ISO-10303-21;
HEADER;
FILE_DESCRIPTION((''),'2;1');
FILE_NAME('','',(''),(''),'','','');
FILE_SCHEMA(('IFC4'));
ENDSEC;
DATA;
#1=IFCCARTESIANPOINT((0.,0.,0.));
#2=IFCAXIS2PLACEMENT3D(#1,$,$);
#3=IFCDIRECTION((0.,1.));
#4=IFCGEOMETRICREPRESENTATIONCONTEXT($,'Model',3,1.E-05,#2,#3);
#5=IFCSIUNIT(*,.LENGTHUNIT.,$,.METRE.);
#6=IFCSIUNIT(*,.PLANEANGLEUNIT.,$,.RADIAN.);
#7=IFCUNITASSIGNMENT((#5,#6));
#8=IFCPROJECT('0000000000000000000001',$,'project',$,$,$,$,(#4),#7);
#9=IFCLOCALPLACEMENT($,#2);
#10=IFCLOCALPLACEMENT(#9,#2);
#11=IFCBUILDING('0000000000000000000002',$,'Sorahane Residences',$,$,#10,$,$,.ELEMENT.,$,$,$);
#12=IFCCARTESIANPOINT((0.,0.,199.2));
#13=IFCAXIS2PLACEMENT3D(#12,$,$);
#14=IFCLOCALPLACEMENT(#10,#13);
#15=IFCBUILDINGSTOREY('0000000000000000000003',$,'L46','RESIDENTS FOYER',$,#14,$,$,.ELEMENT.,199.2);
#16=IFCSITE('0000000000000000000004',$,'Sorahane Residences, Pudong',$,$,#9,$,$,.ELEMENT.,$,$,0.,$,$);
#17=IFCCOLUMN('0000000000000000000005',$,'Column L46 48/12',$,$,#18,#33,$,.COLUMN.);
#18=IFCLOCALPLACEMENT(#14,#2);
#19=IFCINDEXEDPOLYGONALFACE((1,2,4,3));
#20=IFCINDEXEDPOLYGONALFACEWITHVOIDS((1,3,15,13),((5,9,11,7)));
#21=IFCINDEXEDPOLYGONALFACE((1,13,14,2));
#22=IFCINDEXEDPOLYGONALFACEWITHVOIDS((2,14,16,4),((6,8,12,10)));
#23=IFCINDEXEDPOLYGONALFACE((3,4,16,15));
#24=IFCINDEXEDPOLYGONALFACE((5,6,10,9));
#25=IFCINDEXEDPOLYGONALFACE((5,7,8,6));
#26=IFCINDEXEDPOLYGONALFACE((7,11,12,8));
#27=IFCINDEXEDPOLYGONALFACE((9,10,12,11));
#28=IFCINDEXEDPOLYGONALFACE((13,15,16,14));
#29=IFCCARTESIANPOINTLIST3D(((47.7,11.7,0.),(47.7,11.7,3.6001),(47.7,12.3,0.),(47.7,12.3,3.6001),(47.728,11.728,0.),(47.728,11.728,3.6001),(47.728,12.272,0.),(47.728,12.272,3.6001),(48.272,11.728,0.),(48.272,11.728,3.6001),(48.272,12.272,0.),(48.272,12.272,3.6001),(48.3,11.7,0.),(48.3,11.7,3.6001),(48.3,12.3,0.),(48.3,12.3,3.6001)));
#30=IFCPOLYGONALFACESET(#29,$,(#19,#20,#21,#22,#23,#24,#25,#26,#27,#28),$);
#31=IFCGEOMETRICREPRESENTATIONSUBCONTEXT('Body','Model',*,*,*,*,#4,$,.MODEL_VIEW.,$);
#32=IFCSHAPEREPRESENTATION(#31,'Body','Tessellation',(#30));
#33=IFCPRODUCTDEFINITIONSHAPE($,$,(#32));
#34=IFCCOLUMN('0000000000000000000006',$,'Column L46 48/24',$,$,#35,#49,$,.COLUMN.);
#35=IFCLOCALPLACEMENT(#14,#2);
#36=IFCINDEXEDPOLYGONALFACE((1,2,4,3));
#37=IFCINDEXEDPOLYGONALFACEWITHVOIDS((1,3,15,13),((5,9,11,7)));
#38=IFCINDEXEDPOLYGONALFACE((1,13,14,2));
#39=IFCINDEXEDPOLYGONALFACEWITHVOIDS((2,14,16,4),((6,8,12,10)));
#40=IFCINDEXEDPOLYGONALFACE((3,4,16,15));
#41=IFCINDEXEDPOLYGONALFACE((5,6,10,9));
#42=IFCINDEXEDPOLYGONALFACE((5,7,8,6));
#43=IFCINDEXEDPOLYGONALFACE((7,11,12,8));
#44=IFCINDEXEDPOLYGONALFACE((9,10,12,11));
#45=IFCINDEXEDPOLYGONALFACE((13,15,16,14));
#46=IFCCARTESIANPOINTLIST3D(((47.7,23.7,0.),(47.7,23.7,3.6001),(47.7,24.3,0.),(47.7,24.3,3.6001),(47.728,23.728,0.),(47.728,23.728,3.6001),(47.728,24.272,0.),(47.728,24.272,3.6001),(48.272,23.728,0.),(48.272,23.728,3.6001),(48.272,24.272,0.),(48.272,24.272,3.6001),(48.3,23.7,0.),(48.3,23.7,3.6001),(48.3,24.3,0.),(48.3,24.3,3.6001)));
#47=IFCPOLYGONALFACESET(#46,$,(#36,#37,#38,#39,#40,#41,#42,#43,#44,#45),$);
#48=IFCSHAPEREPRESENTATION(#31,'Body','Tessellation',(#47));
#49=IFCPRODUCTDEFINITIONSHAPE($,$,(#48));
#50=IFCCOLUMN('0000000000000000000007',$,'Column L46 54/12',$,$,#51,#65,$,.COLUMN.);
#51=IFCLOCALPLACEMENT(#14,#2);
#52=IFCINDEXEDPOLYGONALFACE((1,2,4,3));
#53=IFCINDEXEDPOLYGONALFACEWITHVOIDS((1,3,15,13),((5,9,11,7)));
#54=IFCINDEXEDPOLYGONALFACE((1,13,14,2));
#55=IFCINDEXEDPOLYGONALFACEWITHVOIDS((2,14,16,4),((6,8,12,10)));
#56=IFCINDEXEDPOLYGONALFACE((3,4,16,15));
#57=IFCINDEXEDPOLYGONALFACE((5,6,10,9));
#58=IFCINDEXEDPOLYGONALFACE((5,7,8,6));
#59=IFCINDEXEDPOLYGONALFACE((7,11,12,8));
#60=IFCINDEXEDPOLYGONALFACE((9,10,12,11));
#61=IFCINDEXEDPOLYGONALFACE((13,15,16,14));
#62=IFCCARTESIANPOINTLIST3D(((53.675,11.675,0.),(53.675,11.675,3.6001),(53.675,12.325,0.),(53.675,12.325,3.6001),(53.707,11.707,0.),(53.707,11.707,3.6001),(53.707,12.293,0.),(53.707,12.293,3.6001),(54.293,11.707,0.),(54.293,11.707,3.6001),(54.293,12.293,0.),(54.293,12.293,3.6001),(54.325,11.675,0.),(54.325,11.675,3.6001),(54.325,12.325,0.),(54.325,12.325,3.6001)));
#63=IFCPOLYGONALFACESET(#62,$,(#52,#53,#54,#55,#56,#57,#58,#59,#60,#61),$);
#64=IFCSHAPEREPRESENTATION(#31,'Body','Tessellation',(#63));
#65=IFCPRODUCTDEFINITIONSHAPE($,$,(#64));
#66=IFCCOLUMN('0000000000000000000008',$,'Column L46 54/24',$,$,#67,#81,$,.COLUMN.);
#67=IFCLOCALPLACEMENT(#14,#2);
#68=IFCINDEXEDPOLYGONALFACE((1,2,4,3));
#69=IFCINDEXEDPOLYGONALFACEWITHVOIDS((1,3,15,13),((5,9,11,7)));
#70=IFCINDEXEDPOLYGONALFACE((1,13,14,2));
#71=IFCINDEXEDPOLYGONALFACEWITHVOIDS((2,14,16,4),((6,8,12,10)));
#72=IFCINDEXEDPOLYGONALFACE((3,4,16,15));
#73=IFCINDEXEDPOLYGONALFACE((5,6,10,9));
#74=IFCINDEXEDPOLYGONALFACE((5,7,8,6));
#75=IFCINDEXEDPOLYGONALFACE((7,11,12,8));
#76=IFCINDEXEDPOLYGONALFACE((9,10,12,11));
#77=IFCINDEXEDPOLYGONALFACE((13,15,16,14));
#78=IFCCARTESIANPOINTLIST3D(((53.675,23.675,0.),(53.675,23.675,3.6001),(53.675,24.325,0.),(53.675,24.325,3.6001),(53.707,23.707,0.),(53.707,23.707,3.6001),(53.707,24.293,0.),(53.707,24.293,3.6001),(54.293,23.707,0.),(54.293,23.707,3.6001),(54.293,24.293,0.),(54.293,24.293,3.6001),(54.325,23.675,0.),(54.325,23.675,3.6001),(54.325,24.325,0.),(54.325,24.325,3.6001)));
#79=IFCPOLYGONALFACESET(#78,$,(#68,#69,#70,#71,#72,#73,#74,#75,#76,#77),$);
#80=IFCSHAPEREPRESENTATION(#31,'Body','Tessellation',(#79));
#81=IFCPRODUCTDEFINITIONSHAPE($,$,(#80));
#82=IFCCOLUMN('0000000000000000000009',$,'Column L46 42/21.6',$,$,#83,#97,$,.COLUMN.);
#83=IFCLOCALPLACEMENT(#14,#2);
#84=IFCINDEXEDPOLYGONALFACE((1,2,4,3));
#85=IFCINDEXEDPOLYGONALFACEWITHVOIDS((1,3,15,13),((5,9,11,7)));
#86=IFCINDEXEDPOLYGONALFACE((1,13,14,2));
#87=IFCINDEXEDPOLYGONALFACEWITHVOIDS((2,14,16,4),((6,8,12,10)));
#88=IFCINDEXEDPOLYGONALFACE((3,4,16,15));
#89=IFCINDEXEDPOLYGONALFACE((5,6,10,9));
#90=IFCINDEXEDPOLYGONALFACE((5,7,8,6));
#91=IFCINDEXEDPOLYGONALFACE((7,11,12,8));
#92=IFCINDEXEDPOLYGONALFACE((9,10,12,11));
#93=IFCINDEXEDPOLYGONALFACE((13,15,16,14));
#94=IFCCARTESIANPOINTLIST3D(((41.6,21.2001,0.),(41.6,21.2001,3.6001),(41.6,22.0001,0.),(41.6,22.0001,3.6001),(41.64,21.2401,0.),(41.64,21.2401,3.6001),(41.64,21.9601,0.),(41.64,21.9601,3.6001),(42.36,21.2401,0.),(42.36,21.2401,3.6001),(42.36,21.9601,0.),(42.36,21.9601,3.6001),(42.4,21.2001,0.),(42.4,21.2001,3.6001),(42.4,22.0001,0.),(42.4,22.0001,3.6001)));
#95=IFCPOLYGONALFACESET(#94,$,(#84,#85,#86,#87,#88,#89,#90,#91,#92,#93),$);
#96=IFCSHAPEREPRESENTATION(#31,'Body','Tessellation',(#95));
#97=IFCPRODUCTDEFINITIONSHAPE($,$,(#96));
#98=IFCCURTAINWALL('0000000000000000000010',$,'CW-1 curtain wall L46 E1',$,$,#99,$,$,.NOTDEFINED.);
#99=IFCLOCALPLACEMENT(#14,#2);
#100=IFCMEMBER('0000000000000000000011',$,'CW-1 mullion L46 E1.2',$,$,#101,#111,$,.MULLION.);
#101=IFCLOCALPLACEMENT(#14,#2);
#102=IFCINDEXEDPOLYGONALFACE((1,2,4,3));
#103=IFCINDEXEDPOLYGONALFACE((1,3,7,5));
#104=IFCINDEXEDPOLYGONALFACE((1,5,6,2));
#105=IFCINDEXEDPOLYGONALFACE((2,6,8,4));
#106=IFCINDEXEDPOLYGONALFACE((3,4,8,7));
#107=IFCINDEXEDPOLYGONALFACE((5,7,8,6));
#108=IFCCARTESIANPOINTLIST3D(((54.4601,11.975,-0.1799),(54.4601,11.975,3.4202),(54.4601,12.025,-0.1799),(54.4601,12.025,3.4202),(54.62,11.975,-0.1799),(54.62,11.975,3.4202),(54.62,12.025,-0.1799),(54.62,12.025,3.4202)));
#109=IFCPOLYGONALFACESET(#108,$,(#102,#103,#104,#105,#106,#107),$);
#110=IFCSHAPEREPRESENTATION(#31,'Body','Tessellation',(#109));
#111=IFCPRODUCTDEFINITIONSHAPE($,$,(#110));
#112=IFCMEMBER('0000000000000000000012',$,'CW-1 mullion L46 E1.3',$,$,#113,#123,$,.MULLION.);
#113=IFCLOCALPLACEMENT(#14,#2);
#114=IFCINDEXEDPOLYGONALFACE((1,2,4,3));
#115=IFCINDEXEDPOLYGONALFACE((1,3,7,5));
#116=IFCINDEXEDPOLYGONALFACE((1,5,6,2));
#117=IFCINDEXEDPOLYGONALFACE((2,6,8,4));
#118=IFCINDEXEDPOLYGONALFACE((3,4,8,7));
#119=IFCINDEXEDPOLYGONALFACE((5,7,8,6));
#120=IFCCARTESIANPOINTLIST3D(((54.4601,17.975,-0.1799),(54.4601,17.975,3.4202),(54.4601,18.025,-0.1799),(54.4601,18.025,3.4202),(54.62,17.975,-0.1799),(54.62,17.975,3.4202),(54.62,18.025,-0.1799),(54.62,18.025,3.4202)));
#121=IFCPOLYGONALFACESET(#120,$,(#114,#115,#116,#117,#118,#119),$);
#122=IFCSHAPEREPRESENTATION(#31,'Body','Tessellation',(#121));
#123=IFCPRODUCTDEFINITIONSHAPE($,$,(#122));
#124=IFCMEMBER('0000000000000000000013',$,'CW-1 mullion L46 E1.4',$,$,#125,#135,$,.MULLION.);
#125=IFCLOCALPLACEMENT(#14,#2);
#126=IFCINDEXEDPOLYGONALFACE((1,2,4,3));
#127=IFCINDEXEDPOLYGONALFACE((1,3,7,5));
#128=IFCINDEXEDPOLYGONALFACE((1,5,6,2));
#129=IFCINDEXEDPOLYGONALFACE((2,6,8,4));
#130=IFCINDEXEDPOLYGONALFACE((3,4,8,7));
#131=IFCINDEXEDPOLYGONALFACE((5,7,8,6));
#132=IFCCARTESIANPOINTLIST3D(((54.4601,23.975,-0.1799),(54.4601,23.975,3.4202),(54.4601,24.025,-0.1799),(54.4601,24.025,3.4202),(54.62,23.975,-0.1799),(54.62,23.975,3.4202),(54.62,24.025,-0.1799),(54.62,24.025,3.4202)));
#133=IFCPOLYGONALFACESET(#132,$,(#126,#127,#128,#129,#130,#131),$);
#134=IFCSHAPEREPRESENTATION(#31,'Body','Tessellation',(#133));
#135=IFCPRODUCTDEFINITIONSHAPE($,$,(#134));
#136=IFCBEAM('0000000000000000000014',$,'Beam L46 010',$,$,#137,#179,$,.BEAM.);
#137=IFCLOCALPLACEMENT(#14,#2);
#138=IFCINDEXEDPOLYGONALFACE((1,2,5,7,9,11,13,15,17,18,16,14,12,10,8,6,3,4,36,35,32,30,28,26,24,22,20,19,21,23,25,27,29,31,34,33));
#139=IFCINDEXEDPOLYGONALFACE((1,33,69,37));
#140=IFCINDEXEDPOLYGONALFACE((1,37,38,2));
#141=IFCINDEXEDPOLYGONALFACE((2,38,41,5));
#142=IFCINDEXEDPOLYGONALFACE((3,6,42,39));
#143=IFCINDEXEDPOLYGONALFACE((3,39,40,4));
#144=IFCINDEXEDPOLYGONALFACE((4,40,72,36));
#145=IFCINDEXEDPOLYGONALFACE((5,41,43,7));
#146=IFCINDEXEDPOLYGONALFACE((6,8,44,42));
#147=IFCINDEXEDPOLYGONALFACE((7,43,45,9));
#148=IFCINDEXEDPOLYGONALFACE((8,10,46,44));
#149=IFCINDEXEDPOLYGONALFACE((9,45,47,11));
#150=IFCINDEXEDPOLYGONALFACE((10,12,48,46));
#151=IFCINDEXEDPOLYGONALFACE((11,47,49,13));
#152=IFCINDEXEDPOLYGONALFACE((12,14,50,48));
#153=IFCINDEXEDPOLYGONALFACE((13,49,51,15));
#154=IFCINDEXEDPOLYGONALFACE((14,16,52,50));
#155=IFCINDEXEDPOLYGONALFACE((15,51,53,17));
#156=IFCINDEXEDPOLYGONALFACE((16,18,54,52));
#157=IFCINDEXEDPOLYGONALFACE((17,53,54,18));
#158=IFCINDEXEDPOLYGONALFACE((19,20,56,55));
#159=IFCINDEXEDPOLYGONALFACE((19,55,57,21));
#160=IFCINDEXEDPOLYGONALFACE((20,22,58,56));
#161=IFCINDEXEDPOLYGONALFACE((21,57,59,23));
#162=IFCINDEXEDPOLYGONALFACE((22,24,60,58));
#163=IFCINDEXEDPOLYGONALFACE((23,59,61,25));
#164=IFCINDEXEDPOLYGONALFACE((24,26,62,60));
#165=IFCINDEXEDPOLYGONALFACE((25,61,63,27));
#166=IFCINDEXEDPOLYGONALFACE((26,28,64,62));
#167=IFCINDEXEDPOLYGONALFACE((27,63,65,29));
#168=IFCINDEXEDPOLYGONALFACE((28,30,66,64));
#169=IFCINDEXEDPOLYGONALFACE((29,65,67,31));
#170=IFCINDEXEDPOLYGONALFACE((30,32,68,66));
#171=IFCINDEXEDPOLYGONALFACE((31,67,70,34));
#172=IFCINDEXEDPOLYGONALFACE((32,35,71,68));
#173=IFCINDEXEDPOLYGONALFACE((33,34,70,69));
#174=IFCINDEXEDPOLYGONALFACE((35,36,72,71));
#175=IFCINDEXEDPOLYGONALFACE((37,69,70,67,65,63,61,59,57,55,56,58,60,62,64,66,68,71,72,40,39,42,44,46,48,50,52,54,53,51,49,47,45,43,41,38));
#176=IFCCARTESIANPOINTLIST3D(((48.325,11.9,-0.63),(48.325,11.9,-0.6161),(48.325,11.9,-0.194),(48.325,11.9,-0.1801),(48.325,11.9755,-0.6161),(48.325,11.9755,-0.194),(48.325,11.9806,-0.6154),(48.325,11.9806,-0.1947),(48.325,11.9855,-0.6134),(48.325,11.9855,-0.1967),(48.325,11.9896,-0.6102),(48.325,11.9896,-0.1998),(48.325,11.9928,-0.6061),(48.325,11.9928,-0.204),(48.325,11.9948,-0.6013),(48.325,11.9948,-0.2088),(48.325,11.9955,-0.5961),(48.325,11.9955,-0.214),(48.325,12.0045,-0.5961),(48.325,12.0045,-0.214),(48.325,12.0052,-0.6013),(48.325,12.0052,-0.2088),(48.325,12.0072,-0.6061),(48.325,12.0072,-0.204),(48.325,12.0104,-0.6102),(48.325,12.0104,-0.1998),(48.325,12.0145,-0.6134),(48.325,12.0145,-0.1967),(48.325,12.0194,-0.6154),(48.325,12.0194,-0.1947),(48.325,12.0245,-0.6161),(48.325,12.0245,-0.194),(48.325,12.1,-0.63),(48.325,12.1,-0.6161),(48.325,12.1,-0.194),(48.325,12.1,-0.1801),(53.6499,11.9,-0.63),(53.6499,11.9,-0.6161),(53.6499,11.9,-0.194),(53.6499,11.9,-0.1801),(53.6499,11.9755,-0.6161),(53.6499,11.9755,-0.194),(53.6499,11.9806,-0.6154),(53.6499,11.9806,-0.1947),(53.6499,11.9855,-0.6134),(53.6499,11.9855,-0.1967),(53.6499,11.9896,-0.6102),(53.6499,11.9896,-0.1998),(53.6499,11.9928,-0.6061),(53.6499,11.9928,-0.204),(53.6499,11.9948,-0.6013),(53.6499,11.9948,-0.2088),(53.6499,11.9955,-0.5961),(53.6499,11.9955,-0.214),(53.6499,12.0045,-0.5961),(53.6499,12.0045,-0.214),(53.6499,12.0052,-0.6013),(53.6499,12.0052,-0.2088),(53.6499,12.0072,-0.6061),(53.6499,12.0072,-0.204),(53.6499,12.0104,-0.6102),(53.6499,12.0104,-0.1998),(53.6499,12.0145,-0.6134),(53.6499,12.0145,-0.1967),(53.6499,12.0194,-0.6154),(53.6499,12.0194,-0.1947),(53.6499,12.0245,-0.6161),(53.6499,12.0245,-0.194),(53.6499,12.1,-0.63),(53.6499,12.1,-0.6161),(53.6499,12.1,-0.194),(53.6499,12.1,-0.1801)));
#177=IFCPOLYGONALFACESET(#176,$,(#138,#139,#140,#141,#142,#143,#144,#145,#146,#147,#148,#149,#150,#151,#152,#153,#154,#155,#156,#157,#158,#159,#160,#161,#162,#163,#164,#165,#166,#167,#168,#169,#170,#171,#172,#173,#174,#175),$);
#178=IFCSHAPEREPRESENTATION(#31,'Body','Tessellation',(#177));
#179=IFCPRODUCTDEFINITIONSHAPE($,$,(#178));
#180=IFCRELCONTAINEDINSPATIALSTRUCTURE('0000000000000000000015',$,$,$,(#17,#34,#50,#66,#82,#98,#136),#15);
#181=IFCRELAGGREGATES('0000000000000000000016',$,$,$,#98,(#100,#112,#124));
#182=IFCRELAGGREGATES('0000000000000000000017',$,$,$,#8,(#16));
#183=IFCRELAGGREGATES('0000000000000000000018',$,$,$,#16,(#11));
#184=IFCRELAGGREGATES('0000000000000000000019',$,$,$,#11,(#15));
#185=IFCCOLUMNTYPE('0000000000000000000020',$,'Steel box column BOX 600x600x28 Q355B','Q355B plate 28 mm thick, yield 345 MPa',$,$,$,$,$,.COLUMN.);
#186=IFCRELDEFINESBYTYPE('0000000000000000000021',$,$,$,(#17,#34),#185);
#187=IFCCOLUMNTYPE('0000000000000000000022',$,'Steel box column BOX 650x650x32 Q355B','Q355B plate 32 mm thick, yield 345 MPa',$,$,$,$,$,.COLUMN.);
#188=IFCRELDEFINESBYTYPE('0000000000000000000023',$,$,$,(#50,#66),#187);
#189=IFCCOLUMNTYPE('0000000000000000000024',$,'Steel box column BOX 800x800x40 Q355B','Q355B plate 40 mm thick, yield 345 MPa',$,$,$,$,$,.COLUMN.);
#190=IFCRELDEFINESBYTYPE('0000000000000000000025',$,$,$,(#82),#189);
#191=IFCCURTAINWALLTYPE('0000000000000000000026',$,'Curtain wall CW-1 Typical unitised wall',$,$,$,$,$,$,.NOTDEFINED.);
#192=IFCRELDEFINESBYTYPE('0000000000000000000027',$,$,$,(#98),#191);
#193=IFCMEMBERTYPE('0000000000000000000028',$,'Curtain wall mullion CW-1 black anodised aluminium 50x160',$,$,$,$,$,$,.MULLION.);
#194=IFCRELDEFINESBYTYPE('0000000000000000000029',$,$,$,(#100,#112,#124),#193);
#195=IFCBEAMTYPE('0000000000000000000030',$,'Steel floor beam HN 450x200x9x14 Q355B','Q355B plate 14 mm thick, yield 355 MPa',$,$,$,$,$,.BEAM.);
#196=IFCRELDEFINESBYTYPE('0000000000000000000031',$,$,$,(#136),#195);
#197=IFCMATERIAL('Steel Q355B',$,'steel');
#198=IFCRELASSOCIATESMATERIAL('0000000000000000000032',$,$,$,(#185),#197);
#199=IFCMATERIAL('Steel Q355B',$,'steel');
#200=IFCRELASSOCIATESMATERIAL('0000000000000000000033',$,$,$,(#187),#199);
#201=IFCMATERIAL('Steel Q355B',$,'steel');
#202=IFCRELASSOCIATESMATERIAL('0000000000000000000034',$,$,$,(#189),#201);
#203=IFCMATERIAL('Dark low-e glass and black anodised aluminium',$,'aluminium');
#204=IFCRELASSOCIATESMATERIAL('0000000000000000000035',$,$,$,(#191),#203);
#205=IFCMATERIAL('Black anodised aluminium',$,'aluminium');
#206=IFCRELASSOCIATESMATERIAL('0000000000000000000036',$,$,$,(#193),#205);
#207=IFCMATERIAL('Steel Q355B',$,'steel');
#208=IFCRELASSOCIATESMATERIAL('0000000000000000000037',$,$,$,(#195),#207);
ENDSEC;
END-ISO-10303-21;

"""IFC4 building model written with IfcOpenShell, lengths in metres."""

from ifc_helpers import new_model, si_unit, direction, frame, origin, origin_2d, place, context, subcontext, project, spatial, rectangle, hollow_rectangle, i_section, extrude, material, material_profile, profile_set, type_object, element, aggregate, save


model = new_model("IFC4")

# Units and contexts
model_context = context("Model", 3, precision=1e-05, world=origin(), true_north=direction((0.0, 1.0)))
body_context = subcontext(model_context, "Body", "Model", "MODEL_VIEW")
ifc_project = project(units=[si_unit("LENGTHUNIT", "METRE"), si_unit("PLANEANGLEUNIT", "RADIAN")], contexts=[model_context])

# Site, building, storey
site_placement = place(None, origin())
site = spatial("IfcSite", under=ifc_project, at=site_placement, Name="Sorahane Residences, Pudong", CompositionType="ELEMENT", RefElevation=0.0)
building_placement = place(site_placement, origin())
building = spatial("IfcBuilding", under=site, at=building_placement, Name="Sorahane Residences", CompositionType="ELEMENT")
storey_placement = place(building_placement, frame((0.0, 0.0, 199.2)))
storey = spatial("IfcBuildingStorey", under=building, at=storey_placement, Name="L46", Description="RESIDENTS FOYER", CompositionType="ELEMENT", Elevation=199.2)

# Columns
ifc_material_1 = material(Name="Steel Q355B", Category="steel")
ifc_material_profile_1 = material_profile(ifc_material_1, hollow_rectangle(XDim=0.6001, YDim=0.6001, WallThickness=0.0281, at=origin_2d()), Name="BOX 600x600x28")
ifc_profile_set_1 = profile_set([ifc_material_profile_1], Name="Steel Q355B")
column_type_1 = type_object("IfcColumnType", Name="Steel box column BOX 600x600x28 Q355B", Description="Q355B plate 28 mm thick, yield 345 MPa", PredefinedType="COLUMN", material=ifc_profile_set_1)
for number, where, z_axis, x_axis, name in (
    (1, (48.0, 12.0, 0.0), (0.0, 0.0, 1.0), (1.0, 0.0, 0.0), "Column L46 48/12"),
    (2, (48.0, 24.0, 0.0), (0.0, 0.0, 1.0), (1.0, 0.0, 0.0), "Column L46 48/24"),
):
    element("IfcColumn", number, at=place(storey_placement, frame(where, z_axis=z_axis, x_axis=x_axis)), inside=storey, type_object=column_type_1, Name=name, PredefinedType="COLUMN", context=body_context, shape_type="SweptSolid", body=[
        extrude(hollow_rectangle(XDim=0.6001, YDim=0.6001, WallThickness=0.0281, at=origin_2d()), origin(), (0.0, 0.0, 1.0), 3.6001),
    ])
ifc_material_2 = material(Name="Steel Q355B", Category="steel")
ifc_material_profile_2 = material_profile(ifc_material_2, hollow_rectangle(XDim=0.6499, YDim=0.6499, WallThickness=0.032, at=origin_2d()), Name="BOX 650x650x32")
ifc_profile_set_2 = profile_set([ifc_material_profile_2], Name="Steel Q355B")
column_type_2 = type_object("IfcColumnType", Name="Steel box column BOX 650x650x32 Q355B", Description="Q355B plate 32 mm thick, yield 345 MPa", PredefinedType="COLUMN", material=ifc_profile_set_2)
for number, where, z_axis, x_axis, name in (
    (3, (54.0, 12.0, 0.0), (0.0, 0.0, 1.0), (1.0, 0.0, 0.0), "Column L46 54/12"),
    (4, (54.0, 24.0, 0.0), (0.0, 0.0, 1.0), (1.0, 0.0, 0.0), "Column L46 54/24"),
):
    element("IfcColumn", number, at=place(storey_placement, frame(where, z_axis=z_axis, x_axis=x_axis)), inside=storey, type_object=column_type_2, Name=name, PredefinedType="COLUMN", context=body_context, shape_type="SweptSolid", body=[
        extrude(hollow_rectangle(XDim=0.6499, YDim=0.6499, WallThickness=0.032, at=origin_2d()), origin(), (0.0, 0.0, 1.0), 3.6001),
    ])
ifc_material_3 = material(Name="Steel Q355B", Category="steel")
ifc_material_profile_3 = material_profile(ifc_material_3, hollow_rectangle(XDim=0.8, YDim=0.8, WallThickness=0.04, at=origin_2d()), Name="BOX 800x800x40")
ifc_profile_set_3 = profile_set([ifc_material_profile_3], Name="Steel Q355B")
column_type_3 = type_object("IfcColumnType", Name="Steel box column BOX 800x800x40 Q355B", Description="Q355B plate 40 mm thick, yield 345 MPa", PredefinedType="COLUMN", material=ifc_profile_set_3)
column_placement = place(storey_placement, frame((42.0, 21.6001, 0.0), z_axis=(0.0, 0.0, 1.0), x_axis=(1.0, 0.0, 0.0)))
element("IfcColumn", 5, at=column_placement, inside=storey, type_object=column_type_3, Name="Column L46 42/21.6", PredefinedType="COLUMN", context=body_context, shape_type="SweptSolid", body=[
    extrude(hollow_rectangle(XDim=0.8, YDim=0.8, WallThickness=0.04, at=origin_2d()), origin(), (0.0, 0.0, 1.0), 3.6001),
])

# Curtain wall, members
ifc_material_4 = material(Name="Dark low-e glass and black anodised aluminium", Category="aluminium")
curtain_wall_type = type_object("IfcCurtainWallType", Name="Curtain wall CW-1 Typical unitised wall", PredefinedType="NOTDEFINED", material=ifc_material_4)
curtain_wall_placement = place(storey_placement, origin())
curtain_wall = element("IfcCurtainWall", 6, at=curtain_wall_placement, inside=storey, type_object=curtain_wall_type, Name="CW-1 curtain wall L46 E1", PredefinedType="NOTDEFINED")
ifc_material_5 = material(Name="Black anodised aluminium", Category="aluminium")
ifc_material_profile_4 = material_profile(ifc_material_5, rectangle(XDim=0.1599, YDim=0.05, at=origin_2d()), Name="Curtain wall mullion CW-1 black anodised aluminium 50x160")
ifc_profile_set_4 = profile_set([ifc_material_profile_4], Name="Black anodised aluminium")
member_type = type_object("IfcMemberType", Name="Curtain wall mullion CW-1 black anodised aluminium 50x160", PredefinedType="MULLION", material=ifc_profile_set_4)
member_1_placement = place(storey_placement, frame((54.54, 12.0, -0.1799), z_axis=(0.0, 0.0, 1.0), x_axis=(1.0, 0.0, 0.0)))
member_1 = element("IfcMember", 7, at=member_1_placement, type_object=member_type, Name="CW-1 mullion L46 E1.2", PredefinedType="MULLION", context=body_context, shape_type="SweptSolid", body=[
    extrude(rectangle(XDim=0.1599, YDim=0.05, at=origin_2d()), origin(), (0.0, 0.0, 1.0), 3.6001),
])
member_2_placement = place(storey_placement, frame((54.54, 18.0, -0.1799), z_axis=(0.0, 0.0, 1.0), x_axis=(1.0, 0.0, 0.0)))
member_2 = element("IfcMember", 8, at=member_2_placement, type_object=member_type, Name="CW-1 mullion L46 E1.3", PredefinedType="MULLION", context=body_context, shape_type="SweptSolid", body=[
    extrude(rectangle(XDim=0.1599, YDim=0.05, at=origin_2d()), origin(), (0.0, 0.0, 1.0), 3.6001),
])
member_3_placement = place(storey_placement, frame((54.54, 24.0, -0.1799), z_axis=(0.0, 0.0, 1.0), x_axis=(1.0, 0.0, 0.0)))
member_3 = element("IfcMember", 9, at=member_3_placement, type_object=member_type, Name="CW-1 mullion L46 E1.4", PredefinedType="MULLION", context=body_context, shape_type="SweptSolid", body=[
    extrude(rectangle(XDim=0.1599, YDim=0.05, at=origin_2d()), origin(), (0.0, 0.0, 1.0), 3.6001),
])

# Beam
ifc_material_6 = material(Name="Steel Q355B", Category="steel")
ifc_material_profile_5 = material_profile(ifc_material_6, i_section(OverallWidth=0.2, OverallDepth=0.45, WebThickness=0.009, FlangeThickness=0.0139, FilletRadius=0.02, at=origin_2d()), Name="HN 450x200x9x14")
ifc_profile_set_5 = profile_set([ifc_material_profile_5], Name="Steel Q355B")
beam_type_1 = type_object("IfcBeamType", Name="Steel floor beam HN 450x200x9x14 Q355B", Description="Q355B plate 14 mm thick, yield 355 MPa", PredefinedType="BEAM", material=ifc_profile_set_5)
for number, where, z_axis, x_axis, name in (
    (10, (48.325, 12.0, -0.405), (1.0, 0.0, 0.0), (0.0, 1.0, 0.0), "Beam L46 010"),
):
    element("IfcBeam", number, at=place(storey_placement, frame(where, z_axis=z_axis, x_axis=x_axis)), inside=storey, type_object=beam_type_1, Name=name, PredefinedType="BEAM", context=body_context, shape_type="SweptSolid", body=[
        extrude(i_section(OverallWidth=0.2, OverallDepth=0.45, WebThickness=0.009, FlangeThickness=0.0139, FilletRadius=0.02, at=origin_2d()), origin(), (0.0, 0.0, 1.0), 5.325),
    ])

aggregate(curtain_wall, [member_1, member_2, member_3])

save(model, "model.ifc")
